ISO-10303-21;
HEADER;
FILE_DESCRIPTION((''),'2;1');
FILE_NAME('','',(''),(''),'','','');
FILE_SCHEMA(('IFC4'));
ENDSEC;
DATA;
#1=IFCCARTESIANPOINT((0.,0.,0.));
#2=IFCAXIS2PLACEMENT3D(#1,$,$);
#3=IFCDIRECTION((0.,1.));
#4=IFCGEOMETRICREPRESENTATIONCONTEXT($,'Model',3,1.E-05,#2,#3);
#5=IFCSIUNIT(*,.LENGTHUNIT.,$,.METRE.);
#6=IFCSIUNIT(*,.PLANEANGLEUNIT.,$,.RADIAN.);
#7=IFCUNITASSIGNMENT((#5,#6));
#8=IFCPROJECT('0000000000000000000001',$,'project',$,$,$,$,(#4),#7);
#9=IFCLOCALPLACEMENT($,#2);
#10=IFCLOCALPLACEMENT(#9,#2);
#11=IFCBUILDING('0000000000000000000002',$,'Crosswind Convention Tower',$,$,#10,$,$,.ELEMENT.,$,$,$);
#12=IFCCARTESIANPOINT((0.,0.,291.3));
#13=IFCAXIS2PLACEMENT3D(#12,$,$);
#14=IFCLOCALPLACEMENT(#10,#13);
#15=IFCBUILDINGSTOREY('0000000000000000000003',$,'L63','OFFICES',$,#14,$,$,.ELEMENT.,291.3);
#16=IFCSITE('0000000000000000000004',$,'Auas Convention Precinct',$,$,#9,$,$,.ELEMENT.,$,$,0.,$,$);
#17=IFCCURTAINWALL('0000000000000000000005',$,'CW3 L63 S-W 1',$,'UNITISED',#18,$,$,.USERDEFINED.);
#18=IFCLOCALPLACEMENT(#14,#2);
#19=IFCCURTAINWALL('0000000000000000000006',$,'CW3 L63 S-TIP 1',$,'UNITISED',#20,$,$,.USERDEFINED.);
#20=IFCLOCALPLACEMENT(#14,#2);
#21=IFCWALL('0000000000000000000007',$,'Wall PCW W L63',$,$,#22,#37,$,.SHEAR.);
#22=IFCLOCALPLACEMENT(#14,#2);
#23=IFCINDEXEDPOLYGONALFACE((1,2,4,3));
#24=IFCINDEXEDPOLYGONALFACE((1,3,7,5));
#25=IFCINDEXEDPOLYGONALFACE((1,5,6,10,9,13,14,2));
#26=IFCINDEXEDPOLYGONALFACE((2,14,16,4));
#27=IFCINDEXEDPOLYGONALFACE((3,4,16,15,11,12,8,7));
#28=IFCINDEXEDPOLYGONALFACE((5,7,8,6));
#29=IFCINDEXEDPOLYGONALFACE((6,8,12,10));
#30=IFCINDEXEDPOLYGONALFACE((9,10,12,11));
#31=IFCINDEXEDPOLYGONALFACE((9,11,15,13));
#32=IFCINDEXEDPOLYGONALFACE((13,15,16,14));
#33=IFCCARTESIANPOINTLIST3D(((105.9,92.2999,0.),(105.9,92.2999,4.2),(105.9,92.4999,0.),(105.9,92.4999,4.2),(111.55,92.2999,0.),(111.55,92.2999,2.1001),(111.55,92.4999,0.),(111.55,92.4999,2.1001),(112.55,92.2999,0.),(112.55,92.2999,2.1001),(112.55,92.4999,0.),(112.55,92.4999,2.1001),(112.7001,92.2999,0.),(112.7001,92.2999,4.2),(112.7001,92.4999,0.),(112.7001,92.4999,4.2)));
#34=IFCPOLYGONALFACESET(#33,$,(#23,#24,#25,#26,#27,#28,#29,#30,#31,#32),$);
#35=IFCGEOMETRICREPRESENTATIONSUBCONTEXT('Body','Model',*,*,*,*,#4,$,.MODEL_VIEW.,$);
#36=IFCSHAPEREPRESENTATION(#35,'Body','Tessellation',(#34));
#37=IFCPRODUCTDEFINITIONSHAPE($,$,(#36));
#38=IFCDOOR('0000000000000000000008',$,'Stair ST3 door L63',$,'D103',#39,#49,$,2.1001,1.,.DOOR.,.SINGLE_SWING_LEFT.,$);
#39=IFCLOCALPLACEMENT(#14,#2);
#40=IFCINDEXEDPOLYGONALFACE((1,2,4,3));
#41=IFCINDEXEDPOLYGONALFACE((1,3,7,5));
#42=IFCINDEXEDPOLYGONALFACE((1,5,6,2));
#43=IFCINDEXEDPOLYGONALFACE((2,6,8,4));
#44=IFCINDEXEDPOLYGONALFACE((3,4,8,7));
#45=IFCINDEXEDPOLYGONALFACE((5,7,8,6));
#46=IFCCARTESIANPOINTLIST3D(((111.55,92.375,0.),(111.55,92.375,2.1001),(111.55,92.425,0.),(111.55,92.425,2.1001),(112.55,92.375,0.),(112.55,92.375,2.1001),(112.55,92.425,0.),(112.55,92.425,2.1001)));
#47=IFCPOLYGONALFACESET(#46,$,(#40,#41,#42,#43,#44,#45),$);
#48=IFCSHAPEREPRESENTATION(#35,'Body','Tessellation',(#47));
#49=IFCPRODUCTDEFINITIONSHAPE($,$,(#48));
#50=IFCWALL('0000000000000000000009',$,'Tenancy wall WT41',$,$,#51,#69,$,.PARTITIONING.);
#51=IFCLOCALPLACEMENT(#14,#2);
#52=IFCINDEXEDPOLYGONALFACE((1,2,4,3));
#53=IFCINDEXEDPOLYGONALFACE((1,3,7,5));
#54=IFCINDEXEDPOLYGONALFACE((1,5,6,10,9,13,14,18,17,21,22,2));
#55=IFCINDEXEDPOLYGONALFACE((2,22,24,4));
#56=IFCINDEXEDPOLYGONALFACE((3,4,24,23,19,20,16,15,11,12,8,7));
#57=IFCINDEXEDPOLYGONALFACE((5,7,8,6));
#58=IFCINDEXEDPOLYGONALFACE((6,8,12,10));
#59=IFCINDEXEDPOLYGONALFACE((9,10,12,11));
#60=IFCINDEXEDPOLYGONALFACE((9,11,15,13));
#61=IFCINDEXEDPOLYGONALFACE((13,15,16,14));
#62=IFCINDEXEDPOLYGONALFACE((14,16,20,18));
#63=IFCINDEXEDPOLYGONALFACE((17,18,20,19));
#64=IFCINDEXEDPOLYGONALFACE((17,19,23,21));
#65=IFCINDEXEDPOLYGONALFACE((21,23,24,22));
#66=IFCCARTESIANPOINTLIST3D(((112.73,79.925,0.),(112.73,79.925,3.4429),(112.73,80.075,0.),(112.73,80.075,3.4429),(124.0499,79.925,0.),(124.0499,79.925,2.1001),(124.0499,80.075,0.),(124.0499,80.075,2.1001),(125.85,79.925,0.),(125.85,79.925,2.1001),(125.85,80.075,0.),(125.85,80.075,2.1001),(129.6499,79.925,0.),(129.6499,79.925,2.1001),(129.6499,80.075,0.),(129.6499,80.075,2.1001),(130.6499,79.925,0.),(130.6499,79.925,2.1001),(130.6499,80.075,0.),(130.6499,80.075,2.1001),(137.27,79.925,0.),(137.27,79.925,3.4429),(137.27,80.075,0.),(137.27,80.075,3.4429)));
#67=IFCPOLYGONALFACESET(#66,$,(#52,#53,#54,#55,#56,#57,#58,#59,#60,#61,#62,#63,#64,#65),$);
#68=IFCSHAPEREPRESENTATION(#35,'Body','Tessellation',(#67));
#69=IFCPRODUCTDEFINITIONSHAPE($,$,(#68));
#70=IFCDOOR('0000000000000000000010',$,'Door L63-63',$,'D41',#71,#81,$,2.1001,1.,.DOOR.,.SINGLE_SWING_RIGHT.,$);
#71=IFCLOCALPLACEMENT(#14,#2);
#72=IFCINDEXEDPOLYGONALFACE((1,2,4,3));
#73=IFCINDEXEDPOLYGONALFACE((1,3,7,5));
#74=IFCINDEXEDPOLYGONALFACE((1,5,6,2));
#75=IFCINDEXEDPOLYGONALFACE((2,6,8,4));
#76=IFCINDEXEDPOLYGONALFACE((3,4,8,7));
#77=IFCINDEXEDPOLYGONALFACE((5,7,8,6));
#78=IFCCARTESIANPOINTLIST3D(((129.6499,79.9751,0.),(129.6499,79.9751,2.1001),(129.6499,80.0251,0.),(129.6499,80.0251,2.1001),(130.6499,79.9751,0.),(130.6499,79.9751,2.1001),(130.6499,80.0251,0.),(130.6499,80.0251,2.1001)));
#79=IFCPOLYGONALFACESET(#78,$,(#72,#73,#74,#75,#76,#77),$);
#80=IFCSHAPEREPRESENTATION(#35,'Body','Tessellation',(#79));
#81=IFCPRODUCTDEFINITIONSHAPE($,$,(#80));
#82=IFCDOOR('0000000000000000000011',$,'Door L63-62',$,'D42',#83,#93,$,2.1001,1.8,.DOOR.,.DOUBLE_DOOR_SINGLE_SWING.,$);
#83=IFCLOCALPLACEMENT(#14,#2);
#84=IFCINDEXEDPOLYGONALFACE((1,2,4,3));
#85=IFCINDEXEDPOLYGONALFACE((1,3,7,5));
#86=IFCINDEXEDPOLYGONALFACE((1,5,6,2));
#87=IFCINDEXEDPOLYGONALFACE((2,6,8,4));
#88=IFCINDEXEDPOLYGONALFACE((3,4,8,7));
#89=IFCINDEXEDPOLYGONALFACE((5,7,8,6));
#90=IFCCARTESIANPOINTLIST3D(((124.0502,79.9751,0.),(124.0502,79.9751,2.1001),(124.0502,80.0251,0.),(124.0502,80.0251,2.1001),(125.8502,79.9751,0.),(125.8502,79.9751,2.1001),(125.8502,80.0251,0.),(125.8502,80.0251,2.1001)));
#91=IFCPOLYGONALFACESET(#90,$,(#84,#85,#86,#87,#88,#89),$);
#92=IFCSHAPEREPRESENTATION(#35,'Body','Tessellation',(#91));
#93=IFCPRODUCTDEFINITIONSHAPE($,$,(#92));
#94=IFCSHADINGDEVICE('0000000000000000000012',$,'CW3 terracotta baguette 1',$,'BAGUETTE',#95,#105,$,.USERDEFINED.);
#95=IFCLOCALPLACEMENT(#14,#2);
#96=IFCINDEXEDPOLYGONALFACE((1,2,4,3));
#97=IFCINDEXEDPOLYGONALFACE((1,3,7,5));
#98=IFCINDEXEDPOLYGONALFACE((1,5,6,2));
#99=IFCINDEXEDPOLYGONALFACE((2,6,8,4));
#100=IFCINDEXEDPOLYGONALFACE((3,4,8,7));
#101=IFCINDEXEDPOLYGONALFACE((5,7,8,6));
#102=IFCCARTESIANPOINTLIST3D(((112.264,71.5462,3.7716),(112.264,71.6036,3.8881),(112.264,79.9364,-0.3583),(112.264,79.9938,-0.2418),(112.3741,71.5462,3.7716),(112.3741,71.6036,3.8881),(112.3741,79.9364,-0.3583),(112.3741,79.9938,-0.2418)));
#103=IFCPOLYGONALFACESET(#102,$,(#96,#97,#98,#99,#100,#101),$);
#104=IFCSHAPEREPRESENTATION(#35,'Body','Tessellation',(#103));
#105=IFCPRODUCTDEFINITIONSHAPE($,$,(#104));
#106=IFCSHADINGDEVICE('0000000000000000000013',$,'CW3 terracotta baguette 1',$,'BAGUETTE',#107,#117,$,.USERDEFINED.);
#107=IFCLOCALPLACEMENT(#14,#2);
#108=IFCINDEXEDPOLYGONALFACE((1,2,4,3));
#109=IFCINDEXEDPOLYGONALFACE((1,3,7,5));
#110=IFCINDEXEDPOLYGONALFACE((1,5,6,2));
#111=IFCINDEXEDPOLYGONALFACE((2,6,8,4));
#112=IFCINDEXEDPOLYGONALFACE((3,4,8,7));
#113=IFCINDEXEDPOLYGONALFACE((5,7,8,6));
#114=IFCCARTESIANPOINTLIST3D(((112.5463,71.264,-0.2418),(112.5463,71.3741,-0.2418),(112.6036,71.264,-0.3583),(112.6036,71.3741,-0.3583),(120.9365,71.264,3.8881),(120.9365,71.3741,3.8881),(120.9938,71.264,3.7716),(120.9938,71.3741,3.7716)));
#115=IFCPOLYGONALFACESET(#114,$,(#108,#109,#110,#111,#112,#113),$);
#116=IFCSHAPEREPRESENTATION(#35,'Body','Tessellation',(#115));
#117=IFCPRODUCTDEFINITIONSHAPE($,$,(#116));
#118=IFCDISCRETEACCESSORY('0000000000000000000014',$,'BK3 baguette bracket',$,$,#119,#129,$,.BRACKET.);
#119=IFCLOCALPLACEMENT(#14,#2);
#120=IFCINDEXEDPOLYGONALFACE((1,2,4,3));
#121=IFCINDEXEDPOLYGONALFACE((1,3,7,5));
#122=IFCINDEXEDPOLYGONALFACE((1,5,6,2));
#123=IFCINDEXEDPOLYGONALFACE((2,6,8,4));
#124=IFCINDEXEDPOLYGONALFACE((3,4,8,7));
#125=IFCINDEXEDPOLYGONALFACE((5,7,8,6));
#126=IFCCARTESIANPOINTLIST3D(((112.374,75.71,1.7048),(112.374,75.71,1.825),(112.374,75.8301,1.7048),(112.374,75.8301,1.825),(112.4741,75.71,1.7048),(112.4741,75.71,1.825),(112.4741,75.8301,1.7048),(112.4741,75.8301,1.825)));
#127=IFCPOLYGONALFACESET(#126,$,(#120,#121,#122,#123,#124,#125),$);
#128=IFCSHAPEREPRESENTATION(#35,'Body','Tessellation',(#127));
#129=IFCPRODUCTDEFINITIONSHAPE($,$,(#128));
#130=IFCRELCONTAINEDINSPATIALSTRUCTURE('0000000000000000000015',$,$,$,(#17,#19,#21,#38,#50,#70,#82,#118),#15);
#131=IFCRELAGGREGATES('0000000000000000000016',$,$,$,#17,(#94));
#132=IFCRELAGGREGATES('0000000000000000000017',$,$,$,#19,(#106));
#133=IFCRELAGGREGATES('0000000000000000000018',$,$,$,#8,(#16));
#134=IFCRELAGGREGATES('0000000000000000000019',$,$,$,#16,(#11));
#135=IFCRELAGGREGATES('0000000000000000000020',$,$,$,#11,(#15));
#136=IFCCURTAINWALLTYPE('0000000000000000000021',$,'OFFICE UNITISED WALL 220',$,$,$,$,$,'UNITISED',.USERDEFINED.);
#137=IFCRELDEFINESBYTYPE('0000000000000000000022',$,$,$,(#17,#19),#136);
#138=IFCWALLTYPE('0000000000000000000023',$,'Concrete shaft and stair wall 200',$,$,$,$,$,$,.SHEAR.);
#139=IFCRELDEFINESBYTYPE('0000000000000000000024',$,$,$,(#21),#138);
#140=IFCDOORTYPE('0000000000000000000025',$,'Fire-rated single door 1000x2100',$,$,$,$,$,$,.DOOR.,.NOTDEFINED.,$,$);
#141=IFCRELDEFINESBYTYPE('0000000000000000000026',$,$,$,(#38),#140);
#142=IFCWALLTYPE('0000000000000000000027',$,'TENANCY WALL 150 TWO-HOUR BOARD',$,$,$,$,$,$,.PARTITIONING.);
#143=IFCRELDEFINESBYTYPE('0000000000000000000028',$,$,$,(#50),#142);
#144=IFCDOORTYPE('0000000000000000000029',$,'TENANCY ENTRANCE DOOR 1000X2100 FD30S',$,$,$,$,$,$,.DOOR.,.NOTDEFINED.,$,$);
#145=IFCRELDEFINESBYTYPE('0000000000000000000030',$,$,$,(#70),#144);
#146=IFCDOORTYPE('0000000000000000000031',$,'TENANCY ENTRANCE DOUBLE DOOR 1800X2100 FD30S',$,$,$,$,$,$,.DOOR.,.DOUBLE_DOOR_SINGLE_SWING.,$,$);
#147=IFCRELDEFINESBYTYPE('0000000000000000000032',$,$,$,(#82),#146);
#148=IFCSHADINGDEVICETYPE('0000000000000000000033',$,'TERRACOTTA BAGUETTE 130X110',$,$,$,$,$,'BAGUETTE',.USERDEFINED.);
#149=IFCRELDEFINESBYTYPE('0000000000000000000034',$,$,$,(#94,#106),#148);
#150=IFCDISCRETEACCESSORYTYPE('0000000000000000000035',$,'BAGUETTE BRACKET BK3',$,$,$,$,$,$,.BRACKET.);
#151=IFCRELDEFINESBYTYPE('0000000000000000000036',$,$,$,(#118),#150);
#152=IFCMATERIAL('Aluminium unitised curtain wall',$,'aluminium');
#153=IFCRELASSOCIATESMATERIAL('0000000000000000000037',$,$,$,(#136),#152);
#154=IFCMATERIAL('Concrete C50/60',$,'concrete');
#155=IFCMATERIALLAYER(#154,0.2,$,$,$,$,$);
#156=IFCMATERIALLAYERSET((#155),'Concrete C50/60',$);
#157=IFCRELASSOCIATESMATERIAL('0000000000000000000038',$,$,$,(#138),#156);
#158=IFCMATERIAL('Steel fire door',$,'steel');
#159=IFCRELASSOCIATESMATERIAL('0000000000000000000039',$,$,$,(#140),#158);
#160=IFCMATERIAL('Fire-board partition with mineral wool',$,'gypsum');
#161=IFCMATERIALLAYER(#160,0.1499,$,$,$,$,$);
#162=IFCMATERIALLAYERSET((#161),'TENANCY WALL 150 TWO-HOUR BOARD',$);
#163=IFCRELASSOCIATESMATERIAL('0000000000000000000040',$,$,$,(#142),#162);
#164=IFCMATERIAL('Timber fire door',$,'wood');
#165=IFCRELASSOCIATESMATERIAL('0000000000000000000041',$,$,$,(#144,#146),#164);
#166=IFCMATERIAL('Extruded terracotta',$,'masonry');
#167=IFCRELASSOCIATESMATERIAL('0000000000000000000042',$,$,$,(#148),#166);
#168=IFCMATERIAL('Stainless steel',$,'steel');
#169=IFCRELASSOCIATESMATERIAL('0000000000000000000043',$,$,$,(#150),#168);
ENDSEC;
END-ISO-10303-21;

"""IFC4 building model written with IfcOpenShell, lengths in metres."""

from ifc_helpers import new_model, si_unit, direction, frame, frame_2d, origin, origin_2d, place, context, subcontext, project, spatial, rectangle, extrude, material, layer, layer_set, material_profile, profile_set, type_object, element, fill, aggregate, save


model = new_model("IFC4")

# Units and contexts
model_context = context("Model", 3, precision=1e-05, world=origin(), true_north=direction((0.0, 1.0)))
body_context = subcontext(model_context, "Body", "Model", "MODEL_VIEW")
ifc_project = project(units=[si_unit("LENGTHUNIT", "METRE"), si_unit("PLANEANGLEUNIT", "RADIAN")], contexts=[model_context])

# Site, building, storey
site_placement = place(None, origin())
site = spatial("IfcSite", under=ifc_project, at=site_placement, Name="Auas Convention Precinct", CompositionType="ELEMENT", RefElevation=0.0)
building_placement = place(site_placement, origin())
building = spatial("IfcBuilding", under=site, at=building_placement, Name="Crosswind Convention Tower", CompositionType="ELEMENT")
storey_placement = place(building_placement, frame((0.0, 0.0, 291.3)))
storey = spatial("IfcBuildingStorey", under=building, at=storey_placement, Name="L63", Description="OFFICES", CompositionType="ELEMENT", Elevation=291.3)

# Curtain wall
ifc_material_1 = material(Name="Aluminium unitised curtain wall", Category="aluminium")
curtain_wall_type_1 = type_object("IfcCurtainWallType", Name="OFFICE UNITISED WALL 220", ElementType="UNITISED", PredefinedType="USERDEFINED", material=ifc_material_1)
curtain_wall_1_placement = place(storey_placement, origin())
curtain_wall_1 = element("IfcCurtainWall", 1, at=curtain_wall_1_placement, inside=storey, type_object=curtain_wall_type_1, Name="CW3 L63 S-W 1", ObjectType="UNITISED", PredefinedType="USERDEFINED")

# Curtain wall
curtain_wall_2_placement = place(storey_placement, origin())
curtain_wall_2 = element("IfcCurtainWall", 2, at=curtain_wall_2_placement, inside=storey, type_object=curtain_wall_type_1, Name="CW3 L63 S-TIP 1", ObjectType="UNITISED", PredefinedType="USERDEFINED")

# Wall, opening, door
ifc_material_2 = material(Name="Concrete C50/60", Category="concrete")
ifc_layer_1 = layer(ifc_material_2, 0.2)
ifc_layer_set_1 = layer_set([ifc_layer_1], Name="Concrete C50/60")
wall_type_1 = type_object("IfcWallType", Name="Concrete shaft and stair wall 200", PredefinedType="SHEAR", material=ifc_layer_set_1)
ifc_material_3 = material(Name="Steel fire door", Category="steel")
wall_1_placement = place(storey_placement, frame((112.7, 92.3999, 0.0), z_axis=(0.0, 0.0, 1.0), x_axis=(-1.0, 0.0, 0.0)))
wall_1 = element("IfcWall", 3, at=wall_1_placement, inside=storey, type_object=wall_type_1, Name="Wall PCW W L63", PredefinedType="SHEAR", context=body_context, shape_type="SweptSolid", body=[
    extrude(rectangle(XDim=6.8, YDim=0.2, at=frame_2d((3.3999, 0.0))), origin(), (0.0, 0.0, 1.0), 4.2),
])
opening_1_placement = place(wall_1_placement, frame((0.1499, 0.0, 0.0)))
opening_1 = element("IfcOpeningElement", 4, at=opening_1_placement, cuts=wall_1, PredefinedType="OPENING", context=body_context, shape_type="SweptSolid", body=[
    extrude(rectangle(XDim=1.0, YDim=2.1001, at=frame_2d((0.5, 1.05))), frame((0.0, 0.1099, 0.0), z_axis=(0.0, -1.0, 0.0), x_axis=(1.0, 0.0, 0.0)), (0.0, 0.0, 1.0), 0.22),
])
door_type_1 = type_object("IfcDoorType", Name="Fire-rated single door 1000x2100", OperationType="NOTDEFINED", PredefinedType="DOOR", material=ifc_material_3)
door_1_placement = place(opening_1_placement, origin())
door_1 = element("IfcDoor", 5, at=door_1_placement, inside=storey, type_object=door_type_1, Name="Stair ST3 door L63", ObjectType="D103", OperationType="SINGLE_SWING_LEFT", OverallHeight=2.1001, OverallWidth=1.0, PredefinedType="DOOR", context=body_context, shape_type="SweptSolid", body=[
    extrude(rectangle(XDim=1.0, YDim=2.1001, at=frame_2d((0.5, 1.05))), frame((0.0, 0.0249, 0.0), z_axis=(0.0, -1.0, 0.0), x_axis=(1.0, 0.0, 0.0)), (0.0, 0.0, 1.0), 0.05),
])
fill(opening_1, door_1)

# Wall, openings, doors
ifc_material_4 = material(Name="Fire-board partition with mineral wool", Category="gypsum")
ifc_layer_2 = layer(ifc_material_4, 0.1499)
ifc_layer_set_2 = layer_set([ifc_layer_2], Name="TENANCY WALL 150 TWO-HOUR BOARD")
wall_type_2 = type_object("IfcWallType", Name="TENANCY WALL 150 TWO-HOUR BOARD", PredefinedType="PARTITIONING", material=ifc_layer_set_2)
wall_2_placement = place(storey_placement, frame((112.73, 80.0, 0.0), z_axis=(0.0, 0.0, 1.0), x_axis=(1.0, 0.0, 0.0)))
wall_2 = element("IfcWall", 6, at=wall_2_placement, inside=storey, type_object=wall_type_2, Name="Tenancy wall WT41", PredefinedType="PARTITIONING", context=body_context, shape_type="SweptSolid", body=[
    extrude(rectangle(XDim=24.54, YDim=0.1499, at=frame_2d((12.27, 0.0))), origin(), (0.0, 0.0, 1.0), 3.4429),
])
opening_2_placement = place(wall_2_placement, frame((11.3201, 0.0, 0.0)))
opening_2 = element("IfcOpeningElement", 7, at=opening_2_placement, cuts=wall_2, PredefinedType="OPENING", context=body_context, shape_type="SweptSolid", body=[
    extrude(rectangle(XDim=1.8, YDim=2.1001, at=frame_2d((0.8999, 1.05))), frame((0.0, 0.085, 0.0), z_axis=(0.0, -1.0, 0.0), x_axis=(1.0, 0.0, 0.0)), (0.0, 0.0, 1.0), 0.1699),
])
opening_3_placement = place(wall_2_placement, frame((16.9199, 0.0, 0.0)))
opening_3 = element("IfcOpeningElement", 8, at=opening_3_placement, cuts=wall_2, PredefinedType="OPENING", context=body_context, shape_type="SweptSolid", body=[
    extrude(rectangle(XDim=1.0, YDim=2.1001, at=frame_2d((0.5, 1.05))), frame((0.0, 0.085, 0.0), z_axis=(0.0, -1.0, 0.0), x_axis=(1.0, 0.0, 0.0)), (0.0, 0.0, 1.0), 0.1699),
])
ifc_material_5 = material(Name="Timber fire door", Category="wood")
door_type_2 = type_object("IfcDoorType", Name="TENANCY ENTRANCE DOOR 1000X2100 FD30S", OperationType="NOTDEFINED", PredefinedType="DOOR", material=ifc_material_5)
door_2_placement = place(opening_3_placement, frame((1.0, 0.0, 0.0), z_axis=(0.0, 0.0, 1.0), x_axis=(-1.0, 0.0, 0.0)))
door_2 = element("IfcDoor", 9, at=door_2_placement, inside=storey, type_object=door_type_2, Name="Door L63-63", ObjectType="D41", OperationType="SINGLE_SWING_RIGHT", OverallHeight=2.1001, OverallWidth=1.0, PredefinedType="DOOR", context=body_context, shape_type="SweptSolid", body=[
    extrude(rectangle(XDim=1.0, YDim=2.1001, at=frame_2d((0.5, 1.05))), frame((0.0, 0.0249, 0.0), z_axis=(0.0, -1.0, 0.0), x_axis=(1.0, 0.0, 0.0)), (0.0, 0.0, 1.0), 0.05),
])
fill(opening_3, door_2)
door_type_3 = type_object("IfcDoorType", Name="TENANCY ENTRANCE DOUBLE DOOR 1800X2100 FD30S", OperationType="DOUBLE_DOOR_SINGLE_SWING", PredefinedType="DOOR", material=ifc_material_5)
door_3_placement = place(opening_2_placement, frame((1.8, 0.0, 0.0), z_axis=(0.0, 0.0, 1.0), x_axis=(-1.0, 0.0, 0.0)))
door_3 = element("IfcDoor", 10, at=door_3_placement, inside=storey, type_object=door_type_3, Name="Door L63-62", ObjectType="D42", OperationType="DOUBLE_DOOR_SINGLE_SWING", OverallHeight=2.1001, OverallWidth=1.8, PredefinedType="DOOR", context=body_context, shape_type="SweptSolid", body=[
    extrude(rectangle(XDim=1.8, YDim=2.1001, at=frame_2d((0.8999, 1.05))), frame((0.0, 0.0249, 0.0), z_axis=(0.0, -1.0, 0.0), x_axis=(1.0, 0.0, 0.0)), (0.0, 0.0, 1.0), 0.05),
])
fill(opening_2, door_3)

# Shading devices
ifc_material_6 = material(Name="Extruded terracotta", Category="masonry")
ifc_material_profile_1 = material_profile(ifc_material_6, rectangle(XDim=0.1101, YDim=0.1299, at=origin_2d()), Name="TC 110X130")
ifc_profile_set_1 = profile_set([ifc_material_profile_1], Name="Extruded terracotta")
shading_device_type = type_object("IfcShadingDeviceType", Name="TERRACOTTA BAGUETTE 130X110", ElementType="BAGUETTE", PredefinedType="USERDEFINED", material=ifc_profile_set_1)
shading_device_1_placement = place(storey_placement, frame((112.3191, 79.9651, -0.3), z_axis=(0.0, -0.897198, 0.441628), x_axis=(1.0, 0.0, 0.0)))
shading_device_1 = element("IfcShadingDevice", 11, at=shading_device_1_placement, type_object=shading_device_type, Name="CW3 terracotta baguette 1", ObjectType="BAGUETTE", PredefinedType="USERDEFINED", context=body_context, shape_type="SweptSolid", body=[
    extrude(rectangle(XDim=0.1101, YDim=0.1299, at=origin_2d()), origin(), (0.0, 0.0, 1.0), 9.3516),
])
aggregate(curtain_wall_1, [shading_device_1])
shading_device_2_placement = place(storey_placement, frame((112.575, 71.3191, -0.3), z_axis=(0.897198, 0.0, 0.441628), x_axis=(0.0, 1.0, 0.0)))
shading_device_2 = element("IfcShadingDevice", 12, at=shading_device_2_placement, type_object=shading_device_type, Name="CW3 terracotta baguette 1", ObjectType="BAGUETTE", PredefinedType="USERDEFINED", context=body_context, shape_type="SweptSolid", body=[
    extrude(rectangle(XDim=0.1101, YDim=0.1299, at=origin_2d()), origin(), (0.0, 0.0, 1.0), 9.3516),
])
aggregate(curtain_wall_2, [shading_device_2])

# Discrete accessory
ifc_material_7 = material(Name="Stainless steel", Category="steel")
discrete_accessory_type = type_object("IfcDiscreteAccessoryType", Name="BAGUETTE BRACKET BK3", PredefinedType="BRACKET", material=ifc_material_7)
discrete_accessory_placement = place(storey_placement, frame((112.4241, 75.77, 1.7048), z_axis=(0.0, 0.0, 1.0), x_axis=(0.0, -1.0, 0.0)))
element("IfcDiscreteAccessory", 13, at=discrete_accessory_placement, inside=storey, type_object=discrete_accessory_type, Name="BK3 baguette bracket", PredefinedType="BRACKET", context=body_context, shape_type="SweptSolid", body=[
    extrude(rectangle(XDim=0.1201, YDim=0.1001, at=origin_2d()), origin(), (0.0, 0.0, 1.0), 0.1201),
])

save(model, "model.ifc")
